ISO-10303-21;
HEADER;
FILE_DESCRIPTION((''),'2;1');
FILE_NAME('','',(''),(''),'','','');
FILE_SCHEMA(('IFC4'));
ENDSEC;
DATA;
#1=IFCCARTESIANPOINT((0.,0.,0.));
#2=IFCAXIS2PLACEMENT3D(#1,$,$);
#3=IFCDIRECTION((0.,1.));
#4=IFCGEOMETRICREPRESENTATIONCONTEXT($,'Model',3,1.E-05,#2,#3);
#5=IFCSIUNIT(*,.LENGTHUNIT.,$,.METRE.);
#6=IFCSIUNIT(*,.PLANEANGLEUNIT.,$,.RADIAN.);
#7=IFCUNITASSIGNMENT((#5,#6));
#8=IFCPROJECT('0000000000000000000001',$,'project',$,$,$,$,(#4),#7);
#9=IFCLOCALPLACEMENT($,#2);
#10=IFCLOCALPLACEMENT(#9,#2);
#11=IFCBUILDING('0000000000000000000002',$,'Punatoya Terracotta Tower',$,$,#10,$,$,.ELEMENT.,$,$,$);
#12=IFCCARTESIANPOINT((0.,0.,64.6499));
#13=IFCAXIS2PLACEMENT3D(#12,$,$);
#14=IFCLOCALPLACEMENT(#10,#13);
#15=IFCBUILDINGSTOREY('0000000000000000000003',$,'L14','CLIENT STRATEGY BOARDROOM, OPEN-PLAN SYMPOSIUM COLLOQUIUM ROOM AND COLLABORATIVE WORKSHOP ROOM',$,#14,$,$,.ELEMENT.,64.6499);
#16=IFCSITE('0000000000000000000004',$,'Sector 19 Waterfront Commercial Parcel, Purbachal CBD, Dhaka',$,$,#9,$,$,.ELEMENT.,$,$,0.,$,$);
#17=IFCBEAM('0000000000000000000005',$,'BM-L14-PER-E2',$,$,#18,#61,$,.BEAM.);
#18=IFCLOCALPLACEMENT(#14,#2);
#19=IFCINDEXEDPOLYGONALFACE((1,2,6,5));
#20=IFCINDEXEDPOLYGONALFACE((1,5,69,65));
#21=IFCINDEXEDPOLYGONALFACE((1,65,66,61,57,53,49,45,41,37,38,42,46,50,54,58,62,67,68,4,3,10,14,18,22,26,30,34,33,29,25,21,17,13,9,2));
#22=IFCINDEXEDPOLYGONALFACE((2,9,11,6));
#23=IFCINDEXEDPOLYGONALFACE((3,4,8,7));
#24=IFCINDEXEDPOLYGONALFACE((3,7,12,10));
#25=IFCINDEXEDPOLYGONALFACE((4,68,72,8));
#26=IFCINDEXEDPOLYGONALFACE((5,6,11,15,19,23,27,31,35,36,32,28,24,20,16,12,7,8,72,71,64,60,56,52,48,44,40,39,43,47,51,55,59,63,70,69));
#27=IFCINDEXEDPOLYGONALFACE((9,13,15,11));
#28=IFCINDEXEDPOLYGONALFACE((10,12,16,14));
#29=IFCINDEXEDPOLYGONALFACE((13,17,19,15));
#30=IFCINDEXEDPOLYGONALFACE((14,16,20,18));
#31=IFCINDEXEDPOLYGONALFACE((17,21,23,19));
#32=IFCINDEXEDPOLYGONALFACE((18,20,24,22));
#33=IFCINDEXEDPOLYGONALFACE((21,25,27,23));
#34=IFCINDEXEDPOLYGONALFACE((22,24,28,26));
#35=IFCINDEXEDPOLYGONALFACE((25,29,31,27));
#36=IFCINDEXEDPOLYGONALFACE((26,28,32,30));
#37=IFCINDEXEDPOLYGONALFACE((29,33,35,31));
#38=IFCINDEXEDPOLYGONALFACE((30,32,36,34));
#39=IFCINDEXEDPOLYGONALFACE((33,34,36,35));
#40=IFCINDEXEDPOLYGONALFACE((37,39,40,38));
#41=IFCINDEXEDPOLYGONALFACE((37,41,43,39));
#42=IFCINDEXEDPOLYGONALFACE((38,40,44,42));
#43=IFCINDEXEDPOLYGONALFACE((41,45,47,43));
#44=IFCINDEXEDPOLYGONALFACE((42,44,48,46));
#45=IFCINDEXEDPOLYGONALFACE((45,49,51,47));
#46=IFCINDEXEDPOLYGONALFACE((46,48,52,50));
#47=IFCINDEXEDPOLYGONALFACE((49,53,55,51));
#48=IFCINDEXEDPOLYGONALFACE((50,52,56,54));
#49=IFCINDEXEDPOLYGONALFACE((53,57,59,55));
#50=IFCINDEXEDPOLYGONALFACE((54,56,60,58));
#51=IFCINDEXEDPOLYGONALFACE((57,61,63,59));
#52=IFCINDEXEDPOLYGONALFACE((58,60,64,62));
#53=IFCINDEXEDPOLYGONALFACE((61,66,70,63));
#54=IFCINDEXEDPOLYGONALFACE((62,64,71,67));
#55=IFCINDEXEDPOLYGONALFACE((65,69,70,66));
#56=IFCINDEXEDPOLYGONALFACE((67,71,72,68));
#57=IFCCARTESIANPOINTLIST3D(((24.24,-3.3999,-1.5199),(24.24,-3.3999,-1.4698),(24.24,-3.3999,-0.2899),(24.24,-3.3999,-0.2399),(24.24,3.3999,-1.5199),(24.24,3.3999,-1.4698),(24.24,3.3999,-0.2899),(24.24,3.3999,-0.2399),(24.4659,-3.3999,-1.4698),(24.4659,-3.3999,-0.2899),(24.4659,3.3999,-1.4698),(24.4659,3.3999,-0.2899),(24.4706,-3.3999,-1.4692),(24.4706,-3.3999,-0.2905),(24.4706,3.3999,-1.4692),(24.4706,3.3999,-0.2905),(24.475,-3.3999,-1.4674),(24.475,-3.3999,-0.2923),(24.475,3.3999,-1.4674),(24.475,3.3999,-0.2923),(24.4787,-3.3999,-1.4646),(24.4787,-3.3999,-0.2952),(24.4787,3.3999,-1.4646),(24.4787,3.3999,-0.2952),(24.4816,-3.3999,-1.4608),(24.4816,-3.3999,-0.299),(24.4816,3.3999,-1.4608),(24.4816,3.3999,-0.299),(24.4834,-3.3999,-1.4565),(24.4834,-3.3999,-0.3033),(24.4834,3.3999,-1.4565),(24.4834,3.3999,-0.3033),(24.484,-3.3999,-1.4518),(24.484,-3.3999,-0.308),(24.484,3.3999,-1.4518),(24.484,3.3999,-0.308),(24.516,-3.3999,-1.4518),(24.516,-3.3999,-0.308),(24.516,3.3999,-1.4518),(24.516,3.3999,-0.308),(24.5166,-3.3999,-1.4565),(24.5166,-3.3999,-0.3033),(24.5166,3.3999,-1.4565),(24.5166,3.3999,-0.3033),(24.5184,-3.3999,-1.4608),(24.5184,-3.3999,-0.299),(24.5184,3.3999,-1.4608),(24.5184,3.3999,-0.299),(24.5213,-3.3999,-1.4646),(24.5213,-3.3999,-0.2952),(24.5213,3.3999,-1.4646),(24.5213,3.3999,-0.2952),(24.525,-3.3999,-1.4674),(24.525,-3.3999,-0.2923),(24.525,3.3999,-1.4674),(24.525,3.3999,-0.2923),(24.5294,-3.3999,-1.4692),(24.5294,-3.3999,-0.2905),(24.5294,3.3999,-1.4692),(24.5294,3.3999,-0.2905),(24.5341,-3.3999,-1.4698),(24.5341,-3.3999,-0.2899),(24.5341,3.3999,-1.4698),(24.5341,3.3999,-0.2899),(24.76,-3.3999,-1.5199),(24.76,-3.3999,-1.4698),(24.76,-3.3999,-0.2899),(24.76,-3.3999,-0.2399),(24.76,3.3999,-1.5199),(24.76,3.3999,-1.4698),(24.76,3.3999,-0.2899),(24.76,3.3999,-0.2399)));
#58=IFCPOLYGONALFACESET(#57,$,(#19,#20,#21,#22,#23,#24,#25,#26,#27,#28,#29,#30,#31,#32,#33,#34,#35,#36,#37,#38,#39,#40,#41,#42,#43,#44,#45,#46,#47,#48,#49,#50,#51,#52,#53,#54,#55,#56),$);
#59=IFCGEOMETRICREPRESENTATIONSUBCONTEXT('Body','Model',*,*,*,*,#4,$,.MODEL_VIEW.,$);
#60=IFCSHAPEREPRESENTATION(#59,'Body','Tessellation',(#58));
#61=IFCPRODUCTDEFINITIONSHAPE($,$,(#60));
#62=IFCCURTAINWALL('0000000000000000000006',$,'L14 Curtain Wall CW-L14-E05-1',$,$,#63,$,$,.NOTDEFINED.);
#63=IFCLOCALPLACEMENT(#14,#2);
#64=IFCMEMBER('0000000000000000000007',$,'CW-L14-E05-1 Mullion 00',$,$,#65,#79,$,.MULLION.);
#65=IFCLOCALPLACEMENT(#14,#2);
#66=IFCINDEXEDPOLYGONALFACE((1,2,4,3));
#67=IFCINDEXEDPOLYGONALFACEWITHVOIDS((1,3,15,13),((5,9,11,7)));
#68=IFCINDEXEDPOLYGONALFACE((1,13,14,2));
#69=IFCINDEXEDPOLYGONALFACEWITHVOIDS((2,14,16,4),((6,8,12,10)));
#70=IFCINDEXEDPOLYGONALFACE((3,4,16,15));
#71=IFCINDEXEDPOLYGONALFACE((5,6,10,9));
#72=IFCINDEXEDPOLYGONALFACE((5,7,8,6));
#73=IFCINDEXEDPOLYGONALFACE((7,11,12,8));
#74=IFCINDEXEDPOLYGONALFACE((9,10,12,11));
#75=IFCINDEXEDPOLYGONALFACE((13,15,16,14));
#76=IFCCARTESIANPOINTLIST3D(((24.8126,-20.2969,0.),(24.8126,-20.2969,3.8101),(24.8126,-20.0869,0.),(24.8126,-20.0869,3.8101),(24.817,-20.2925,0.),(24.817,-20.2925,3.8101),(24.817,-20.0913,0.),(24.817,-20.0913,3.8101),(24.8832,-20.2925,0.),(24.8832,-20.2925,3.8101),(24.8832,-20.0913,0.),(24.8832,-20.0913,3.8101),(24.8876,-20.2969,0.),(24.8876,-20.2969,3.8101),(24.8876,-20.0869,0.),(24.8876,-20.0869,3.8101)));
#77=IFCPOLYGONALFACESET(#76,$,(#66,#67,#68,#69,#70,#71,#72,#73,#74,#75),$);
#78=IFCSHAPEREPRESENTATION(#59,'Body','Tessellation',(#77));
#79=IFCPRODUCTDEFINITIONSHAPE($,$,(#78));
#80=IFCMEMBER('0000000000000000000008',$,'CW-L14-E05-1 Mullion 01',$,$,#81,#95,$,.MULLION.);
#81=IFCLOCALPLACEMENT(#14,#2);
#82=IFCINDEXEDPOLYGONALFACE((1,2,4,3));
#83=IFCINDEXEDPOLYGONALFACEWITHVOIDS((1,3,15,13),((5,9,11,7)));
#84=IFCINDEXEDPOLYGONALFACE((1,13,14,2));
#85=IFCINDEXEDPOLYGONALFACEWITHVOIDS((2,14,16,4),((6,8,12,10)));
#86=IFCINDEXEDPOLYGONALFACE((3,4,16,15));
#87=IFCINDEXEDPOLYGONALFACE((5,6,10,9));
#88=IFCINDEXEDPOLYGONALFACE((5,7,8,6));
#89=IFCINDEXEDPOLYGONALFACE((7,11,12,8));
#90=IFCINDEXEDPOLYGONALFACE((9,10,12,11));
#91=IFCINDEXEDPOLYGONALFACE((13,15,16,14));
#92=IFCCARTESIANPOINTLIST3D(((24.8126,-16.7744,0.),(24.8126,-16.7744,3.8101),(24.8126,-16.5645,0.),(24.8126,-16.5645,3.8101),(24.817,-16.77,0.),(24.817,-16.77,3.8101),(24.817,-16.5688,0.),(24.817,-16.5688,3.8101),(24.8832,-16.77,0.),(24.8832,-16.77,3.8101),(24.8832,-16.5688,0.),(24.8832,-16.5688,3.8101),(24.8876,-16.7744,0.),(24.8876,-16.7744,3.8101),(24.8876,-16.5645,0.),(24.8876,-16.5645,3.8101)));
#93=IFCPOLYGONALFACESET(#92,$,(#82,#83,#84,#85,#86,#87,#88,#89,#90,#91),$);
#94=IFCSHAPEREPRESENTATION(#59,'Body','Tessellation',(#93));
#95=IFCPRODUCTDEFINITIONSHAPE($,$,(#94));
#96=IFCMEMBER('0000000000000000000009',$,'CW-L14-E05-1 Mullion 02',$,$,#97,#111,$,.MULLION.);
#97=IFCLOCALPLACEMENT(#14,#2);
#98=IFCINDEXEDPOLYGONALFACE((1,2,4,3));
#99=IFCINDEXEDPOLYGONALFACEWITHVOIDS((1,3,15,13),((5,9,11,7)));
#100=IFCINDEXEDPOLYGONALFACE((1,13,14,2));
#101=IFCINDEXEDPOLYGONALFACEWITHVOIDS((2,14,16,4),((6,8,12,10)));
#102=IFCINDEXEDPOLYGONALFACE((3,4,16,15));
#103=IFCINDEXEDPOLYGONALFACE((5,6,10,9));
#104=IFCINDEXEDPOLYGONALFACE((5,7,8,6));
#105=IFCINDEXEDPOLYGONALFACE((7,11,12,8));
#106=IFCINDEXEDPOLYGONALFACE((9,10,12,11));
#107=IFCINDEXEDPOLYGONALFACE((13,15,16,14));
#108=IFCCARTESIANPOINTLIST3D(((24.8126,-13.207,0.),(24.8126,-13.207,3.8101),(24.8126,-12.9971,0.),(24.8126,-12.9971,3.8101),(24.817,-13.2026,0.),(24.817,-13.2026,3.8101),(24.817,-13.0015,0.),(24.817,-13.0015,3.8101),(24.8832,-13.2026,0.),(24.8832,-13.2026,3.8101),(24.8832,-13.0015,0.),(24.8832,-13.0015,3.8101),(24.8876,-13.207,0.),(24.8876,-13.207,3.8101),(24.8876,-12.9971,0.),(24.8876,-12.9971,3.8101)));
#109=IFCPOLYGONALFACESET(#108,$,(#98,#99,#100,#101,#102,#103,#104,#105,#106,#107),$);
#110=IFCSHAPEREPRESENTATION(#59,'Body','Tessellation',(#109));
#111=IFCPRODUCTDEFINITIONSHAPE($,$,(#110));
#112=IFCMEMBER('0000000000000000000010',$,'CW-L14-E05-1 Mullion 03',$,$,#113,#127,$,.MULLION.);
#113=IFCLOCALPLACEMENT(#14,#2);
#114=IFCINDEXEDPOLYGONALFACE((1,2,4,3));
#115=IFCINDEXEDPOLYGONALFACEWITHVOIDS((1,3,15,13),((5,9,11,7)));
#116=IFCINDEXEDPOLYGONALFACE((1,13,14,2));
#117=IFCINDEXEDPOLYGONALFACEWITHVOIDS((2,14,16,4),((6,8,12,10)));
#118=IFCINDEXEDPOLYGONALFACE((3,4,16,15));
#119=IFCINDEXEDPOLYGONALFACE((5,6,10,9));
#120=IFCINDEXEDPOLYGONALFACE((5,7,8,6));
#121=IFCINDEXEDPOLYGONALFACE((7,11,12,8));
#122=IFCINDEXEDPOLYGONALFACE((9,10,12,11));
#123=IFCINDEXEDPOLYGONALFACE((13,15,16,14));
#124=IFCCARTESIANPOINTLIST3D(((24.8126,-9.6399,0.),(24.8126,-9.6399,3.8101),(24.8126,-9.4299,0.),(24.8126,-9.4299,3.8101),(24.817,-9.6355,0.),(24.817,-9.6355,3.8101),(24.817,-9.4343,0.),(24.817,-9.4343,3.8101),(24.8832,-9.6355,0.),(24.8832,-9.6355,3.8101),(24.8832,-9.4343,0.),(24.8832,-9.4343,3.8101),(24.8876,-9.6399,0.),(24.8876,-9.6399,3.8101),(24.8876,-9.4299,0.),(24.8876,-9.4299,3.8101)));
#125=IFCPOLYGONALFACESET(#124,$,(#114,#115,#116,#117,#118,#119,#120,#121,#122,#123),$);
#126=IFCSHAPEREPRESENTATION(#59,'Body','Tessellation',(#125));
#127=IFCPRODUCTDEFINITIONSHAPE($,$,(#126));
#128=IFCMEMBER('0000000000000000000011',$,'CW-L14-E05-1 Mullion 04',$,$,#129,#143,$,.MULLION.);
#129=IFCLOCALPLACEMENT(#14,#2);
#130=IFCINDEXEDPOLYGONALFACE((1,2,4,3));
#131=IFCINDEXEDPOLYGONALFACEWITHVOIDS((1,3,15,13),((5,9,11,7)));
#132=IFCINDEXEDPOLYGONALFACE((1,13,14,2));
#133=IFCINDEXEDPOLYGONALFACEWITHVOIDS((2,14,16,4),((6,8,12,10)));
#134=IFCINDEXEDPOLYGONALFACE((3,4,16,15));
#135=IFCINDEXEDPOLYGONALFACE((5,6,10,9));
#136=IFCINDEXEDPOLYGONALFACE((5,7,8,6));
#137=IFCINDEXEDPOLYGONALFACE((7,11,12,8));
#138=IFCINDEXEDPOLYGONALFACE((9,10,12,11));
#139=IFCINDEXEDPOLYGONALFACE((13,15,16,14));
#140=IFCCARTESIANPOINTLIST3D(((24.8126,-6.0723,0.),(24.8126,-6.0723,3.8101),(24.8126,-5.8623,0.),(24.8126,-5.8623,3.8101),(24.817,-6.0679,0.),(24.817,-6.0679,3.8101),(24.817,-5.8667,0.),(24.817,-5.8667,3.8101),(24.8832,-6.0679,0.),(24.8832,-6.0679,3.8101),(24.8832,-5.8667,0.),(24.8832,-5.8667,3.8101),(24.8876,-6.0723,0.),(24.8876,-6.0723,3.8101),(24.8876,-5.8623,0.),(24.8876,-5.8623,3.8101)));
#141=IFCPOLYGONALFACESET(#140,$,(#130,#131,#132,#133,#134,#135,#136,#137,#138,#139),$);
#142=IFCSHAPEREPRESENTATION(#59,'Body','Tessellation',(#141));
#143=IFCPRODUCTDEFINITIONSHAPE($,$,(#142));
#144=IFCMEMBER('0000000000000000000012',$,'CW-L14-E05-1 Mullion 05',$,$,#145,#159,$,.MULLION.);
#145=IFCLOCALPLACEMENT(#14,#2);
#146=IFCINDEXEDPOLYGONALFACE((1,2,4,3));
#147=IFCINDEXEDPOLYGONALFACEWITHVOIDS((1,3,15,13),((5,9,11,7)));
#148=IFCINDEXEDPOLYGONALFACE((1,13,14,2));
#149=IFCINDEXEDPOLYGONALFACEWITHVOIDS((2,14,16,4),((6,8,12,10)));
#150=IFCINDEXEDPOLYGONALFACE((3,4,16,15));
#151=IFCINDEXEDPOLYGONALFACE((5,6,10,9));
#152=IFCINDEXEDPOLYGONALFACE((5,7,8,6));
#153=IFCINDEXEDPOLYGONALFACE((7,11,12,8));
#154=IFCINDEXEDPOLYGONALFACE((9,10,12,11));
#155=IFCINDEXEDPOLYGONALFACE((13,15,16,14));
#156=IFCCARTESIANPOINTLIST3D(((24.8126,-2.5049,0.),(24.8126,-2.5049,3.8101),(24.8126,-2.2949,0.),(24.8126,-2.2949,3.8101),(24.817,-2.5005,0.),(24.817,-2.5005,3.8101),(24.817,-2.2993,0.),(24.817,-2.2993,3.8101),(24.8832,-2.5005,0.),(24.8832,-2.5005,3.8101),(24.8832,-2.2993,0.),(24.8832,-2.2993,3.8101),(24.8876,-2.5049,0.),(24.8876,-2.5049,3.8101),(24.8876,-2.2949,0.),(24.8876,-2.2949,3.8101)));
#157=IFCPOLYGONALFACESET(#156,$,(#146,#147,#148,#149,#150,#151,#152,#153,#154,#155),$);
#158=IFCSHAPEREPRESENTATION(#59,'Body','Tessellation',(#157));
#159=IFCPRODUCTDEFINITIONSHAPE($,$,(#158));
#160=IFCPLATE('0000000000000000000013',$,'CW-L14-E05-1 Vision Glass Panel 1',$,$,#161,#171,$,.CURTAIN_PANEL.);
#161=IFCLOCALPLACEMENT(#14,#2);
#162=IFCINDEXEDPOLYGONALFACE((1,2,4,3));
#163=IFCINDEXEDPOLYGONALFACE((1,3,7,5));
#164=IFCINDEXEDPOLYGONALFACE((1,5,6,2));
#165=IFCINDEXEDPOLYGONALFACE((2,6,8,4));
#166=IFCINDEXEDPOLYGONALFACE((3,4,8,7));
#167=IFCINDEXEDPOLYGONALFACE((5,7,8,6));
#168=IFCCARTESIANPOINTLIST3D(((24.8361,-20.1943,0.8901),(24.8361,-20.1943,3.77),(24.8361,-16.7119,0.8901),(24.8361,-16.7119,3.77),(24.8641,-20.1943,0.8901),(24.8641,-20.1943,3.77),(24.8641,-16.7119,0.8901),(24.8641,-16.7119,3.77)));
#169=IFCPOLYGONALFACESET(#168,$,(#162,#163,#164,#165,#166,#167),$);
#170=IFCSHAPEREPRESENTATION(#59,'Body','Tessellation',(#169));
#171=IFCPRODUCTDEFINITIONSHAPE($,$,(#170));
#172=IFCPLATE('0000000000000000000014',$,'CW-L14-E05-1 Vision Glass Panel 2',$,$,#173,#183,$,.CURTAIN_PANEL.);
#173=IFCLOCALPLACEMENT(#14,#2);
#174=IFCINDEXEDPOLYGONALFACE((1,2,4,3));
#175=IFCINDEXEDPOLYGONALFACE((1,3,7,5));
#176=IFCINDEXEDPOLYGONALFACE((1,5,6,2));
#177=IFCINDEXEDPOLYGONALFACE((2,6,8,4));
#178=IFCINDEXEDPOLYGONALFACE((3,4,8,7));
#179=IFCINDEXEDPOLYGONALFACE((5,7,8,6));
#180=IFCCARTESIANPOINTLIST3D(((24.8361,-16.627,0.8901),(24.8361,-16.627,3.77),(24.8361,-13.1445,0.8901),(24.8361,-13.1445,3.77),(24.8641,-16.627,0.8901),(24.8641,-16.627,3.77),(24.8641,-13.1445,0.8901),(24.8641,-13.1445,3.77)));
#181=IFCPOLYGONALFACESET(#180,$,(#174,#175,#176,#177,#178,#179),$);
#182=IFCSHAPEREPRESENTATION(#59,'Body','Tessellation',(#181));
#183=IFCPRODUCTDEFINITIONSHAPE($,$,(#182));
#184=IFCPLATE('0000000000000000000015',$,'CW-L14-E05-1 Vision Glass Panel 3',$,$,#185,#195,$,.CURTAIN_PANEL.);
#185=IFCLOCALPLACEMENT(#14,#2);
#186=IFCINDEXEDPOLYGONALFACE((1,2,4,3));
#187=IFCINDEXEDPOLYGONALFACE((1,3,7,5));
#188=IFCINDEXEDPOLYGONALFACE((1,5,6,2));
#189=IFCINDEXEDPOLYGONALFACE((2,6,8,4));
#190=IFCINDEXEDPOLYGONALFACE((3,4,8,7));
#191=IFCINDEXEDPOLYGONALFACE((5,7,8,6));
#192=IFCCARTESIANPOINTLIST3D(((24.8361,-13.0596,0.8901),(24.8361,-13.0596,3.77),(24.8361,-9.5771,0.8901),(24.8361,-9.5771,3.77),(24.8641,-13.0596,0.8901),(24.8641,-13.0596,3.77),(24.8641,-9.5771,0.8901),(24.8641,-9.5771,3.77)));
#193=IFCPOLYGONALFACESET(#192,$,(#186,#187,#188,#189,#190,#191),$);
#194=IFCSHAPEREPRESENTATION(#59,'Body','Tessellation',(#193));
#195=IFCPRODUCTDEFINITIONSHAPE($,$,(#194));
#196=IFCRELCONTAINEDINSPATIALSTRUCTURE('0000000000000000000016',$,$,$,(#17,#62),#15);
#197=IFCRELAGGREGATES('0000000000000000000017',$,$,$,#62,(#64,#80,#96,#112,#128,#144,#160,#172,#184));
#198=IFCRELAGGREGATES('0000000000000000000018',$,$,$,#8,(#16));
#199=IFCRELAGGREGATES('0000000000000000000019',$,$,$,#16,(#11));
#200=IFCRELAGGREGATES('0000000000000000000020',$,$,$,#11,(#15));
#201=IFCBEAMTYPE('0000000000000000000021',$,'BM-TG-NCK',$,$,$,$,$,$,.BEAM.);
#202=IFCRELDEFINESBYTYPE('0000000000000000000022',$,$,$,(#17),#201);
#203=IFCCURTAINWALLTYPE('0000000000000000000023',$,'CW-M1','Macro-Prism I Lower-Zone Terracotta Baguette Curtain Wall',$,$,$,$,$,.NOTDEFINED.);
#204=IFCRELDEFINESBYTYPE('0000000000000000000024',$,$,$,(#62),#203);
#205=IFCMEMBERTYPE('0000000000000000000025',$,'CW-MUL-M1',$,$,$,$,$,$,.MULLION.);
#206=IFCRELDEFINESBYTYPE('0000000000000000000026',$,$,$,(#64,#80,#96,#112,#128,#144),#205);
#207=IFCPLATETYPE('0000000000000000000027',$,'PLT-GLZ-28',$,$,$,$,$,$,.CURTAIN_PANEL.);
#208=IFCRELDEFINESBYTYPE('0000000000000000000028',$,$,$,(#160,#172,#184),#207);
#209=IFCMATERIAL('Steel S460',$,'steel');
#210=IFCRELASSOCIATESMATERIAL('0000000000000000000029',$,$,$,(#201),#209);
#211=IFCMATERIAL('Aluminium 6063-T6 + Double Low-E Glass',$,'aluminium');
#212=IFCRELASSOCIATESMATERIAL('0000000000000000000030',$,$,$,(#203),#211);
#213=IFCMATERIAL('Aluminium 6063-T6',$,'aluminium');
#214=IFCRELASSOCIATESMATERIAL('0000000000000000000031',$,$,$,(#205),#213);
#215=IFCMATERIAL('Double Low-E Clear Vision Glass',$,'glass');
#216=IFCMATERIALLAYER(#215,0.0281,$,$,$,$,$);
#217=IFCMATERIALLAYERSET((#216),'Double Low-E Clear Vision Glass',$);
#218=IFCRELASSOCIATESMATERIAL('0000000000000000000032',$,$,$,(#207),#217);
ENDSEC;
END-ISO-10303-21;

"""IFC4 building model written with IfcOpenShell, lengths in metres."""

from ifc_helpers import new_model, si_unit, direction, frame, origin, origin_2d, place, context, subcontext, project, spatial, rectangle, hollow_rectangle, i_section, extrude, material, layer, layer_set, material_profile, profile_set, type_object, element, aggregate, save


model = new_model("IFC4")

# Units and contexts
model_context = context("Model", 3, precision=1e-05, world=origin(), true_north=direction((0.0, 1.0)))
body_context = subcontext(model_context, "Body", "Model", "MODEL_VIEW")
ifc_project = project(units=[si_unit("LENGTHUNIT", "METRE"), si_unit("PLANEANGLEUNIT", "RADIAN")], contexts=[model_context])

# Site, building, storey
site_placement = place(None, origin())
site = spatial("IfcSite", under=ifc_project, at=site_placement, Name="Sector 19 Waterfront Commercial Parcel, Purbachal CBD, Dhaka", CompositionType="ELEMENT", RefElevation=0.0)
building_placement = place(site_placement, origin())
building = spatial("IfcBuilding", under=site, at=building_placement, Name="Punatoya Terracotta Tower", CompositionType="ELEMENT")
storey_placement = place(building_placement, frame((0.0, 0.0, 64.6499)))
storey = spatial("IfcBuildingStorey", under=building, at=storey_placement, Name="L14", Description="CLIENT STRATEGY BOARDROOM, OPEN-PLAN SYMPOSIUM COLLOQUIUM ROOM AND COLLABORATIVE WORKSHOP ROOM", CompositionType="ELEMENT", Elevation=64.6499)

# Shared definitions
ifc_material_1 = material(Name="Steel S460", Category="steel")

# Beam
ifc_material_profile_1 = material_profile(ifc_material_1, i_section(OverallWidth=0.52, OverallDepth=1.28, WebThickness=0.032, FlangeThickness=0.05, FilletRadius=0.0181, at=origin_2d()))
ifc_profile_set_1 = profile_set([ifc_material_profile_1], Name="Steel S460")
beam_type_1 = type_object("IfcBeamType", Name="BM-TG-NCK", PredefinedType="BEAM", material=ifc_profile_set_1)
beam_1_placement = place(storey_placement, frame((24.5, -3.3999, -0.8799), z_axis=(0.0, 1.0, 0.0), x_axis=(-1.0, 0.0, 0.0)))
element("IfcBeam", 1, at=beam_1_placement, inside=storey, type_object=beam_type_1, Name="BM-L14-PER-E2", PredefinedType="BEAM", context=body_context, shape_type="SweptSolid", body=[
    extrude(i_section(OverallWidth=0.52, OverallDepth=1.28, WebThickness=0.032, FlangeThickness=0.05, FilletRadius=0.0181, at=origin_2d()), origin(), (0.0, 0.0, 1.0), 6.7998),
])

# Curtain wall, members, plates
ifc_material_2 = material(Name="Aluminium 6063-T6 + Double Low-E Glass", Category="aluminium")
curtain_wall_type = type_object("IfcCurtainWallType", Name="CW-M1", Description="Macro-Prism I Lower-Zone Terracotta Baguette Curtain Wall", PredefinedType="NOTDEFINED", material=ifc_material_2)
curtain_wall_placement = place(storey_placement, origin())
curtain_wall = element("IfcCurtainWall", 2, at=curtain_wall_placement, inside=storey, type_object=curtain_wall_type, Name="L14 Curtain Wall CW-L14-E05-1", PredefinedType="NOTDEFINED")
ifc_material_3 = material(Name="Aluminium 6063-T6", Category="aluminium")
ifc_material_profile_2 = material_profile(ifc_material_3, hollow_rectangle(XDim=0.075, YDim=0.21, WallThickness=0.0044, at=origin_2d()))
ifc_profile_set_2 = profile_set([ifc_material_profile_2], Name="Aluminium 6063-T6")
member_type = type_object("IfcMemberType", Name="CW-MUL-M1", PredefinedType="MULLION", material=ifc_profile_set_2)
member_1_placement = place(storey_placement, frame((24.8501, -20.1919, 0.0), z_axis=(0.0, 0.0, 1.0), x_axis=(1.0, 0.0, 0.0)))
member_1 = element("IfcMember", 3, at=member_1_placement, type_object=member_type, Name="CW-L14-E05-1 Mullion 00", PredefinedType="MULLION", context=body_context, shape_type="SweptSolid", body=[
    extrude(hollow_rectangle(XDim=0.075, YDim=0.21, WallThickness=0.0044, at=origin_2d()), origin(), (0.0, 0.0, 1.0), 3.8101),
])
member_2_placement = place(storey_placement, frame((24.8501, -16.6694, 0.0), z_axis=(0.0, 0.0, 1.0), x_axis=(1.0, 0.0, 0.0)))
member_2 = element("IfcMember", 4, at=member_2_placement, type_object=member_type, Name="CW-L14-E05-1 Mullion 01", PredefinedType="MULLION", context=body_context, shape_type="SweptSolid", body=[
    extrude(hollow_rectangle(XDim=0.075, YDim=0.21, WallThickness=0.0044, at=origin_2d()), origin(), (0.0, 0.0, 1.0), 3.8101),
])
member_3_placement = place(storey_placement, frame((24.8501, -13.1021, 0.0), z_axis=(0.0, 0.0, 1.0), x_axis=(1.0, 0.0, 0.0)))
member_3 = element("IfcMember", 5, at=member_3_placement, type_object=member_type, Name="CW-L14-E05-1 Mullion 02", PredefinedType="MULLION", context=body_context, shape_type="SweptSolid", body=[
    extrude(hollow_rectangle(XDim=0.075, YDim=0.21, WallThickness=0.0044, at=origin_2d()), origin(), (0.0, 0.0, 1.0), 3.8101),
])
member_4_placement = place(storey_placement, frame((24.8501, -9.5349, 0.0), z_axis=(0.0, 0.0, 1.0), x_axis=(1.0, 0.0, 0.0)))
member_4 = element("IfcMember", 6, at=member_4_placement, type_object=member_type, Name="CW-L14-E05-1 Mullion 03", PredefinedType="MULLION", context=body_context, shape_type="SweptSolid", body=[
    extrude(hollow_rectangle(XDim=0.075, YDim=0.21, WallThickness=0.0044, at=origin_2d()), origin(), (0.0, 0.0, 1.0), 3.8101),
])
member_5_placement = place(storey_placement, frame((24.8501, -5.9673, 0.0), z_axis=(0.0, 0.0, 1.0), x_axis=(1.0, 0.0, 0.0)))
member_5 = element("IfcMember", 7, at=member_5_placement, type_object=member_type, Name="CW-L14-E05-1 Mullion 04", PredefinedType="MULLION", context=body_context, shape_type="SweptSolid", body=[
    extrude(hollow_rectangle(XDim=0.075, YDim=0.21, WallThickness=0.0044, at=origin_2d()), origin(), (0.0, 0.0, 1.0), 3.8101),
])
member_6_placement = place(storey_placement, frame((24.8501, -2.3999, 0.0), z_axis=(0.0, 0.0, 1.0), x_axis=(1.0, 0.0, 0.0)))
member_6 = element("IfcMember", 8, at=member_6_placement, type_object=member_type, Name="CW-L14-E05-1 Mullion 05", PredefinedType="MULLION", context=body_context, shape_type="SweptSolid", body=[
    extrude(hollow_rectangle(XDim=0.075, YDim=0.21, WallThickness=0.0044, at=origin_2d()), origin(), (0.0, 0.0, 1.0), 3.8101),
])
ifc_material_4 = material(Name="Double Low-E Clear Vision Glass", Category="glass")
ifc_layer_1 = layer(ifc_material_4, 0.0281)
ifc_layer_set_1 = layer_set([ifc_layer_1], Name="Double Low-E Clear Vision Glass")
plate_type_1 = type_object("IfcPlateType", Name="PLT-GLZ-28", PredefinedType="CURTAIN_PANEL", material=ifc_layer_set_1)
plate_1_placement = place(storey_placement, frame((24.8501, -18.4531, 0.8901), z_axis=(0.0, 0.0, 1.0), x_axis=(0.0, 1.0, 0.0)))
plate_1 = element("IfcPlate", 9, at=plate_1_placement, type_object=plate_type_1, Name="CW-L14-E05-1 Vision Glass Panel 1", PredefinedType="CURTAIN_PANEL", context=body_context, shape_type="SweptSolid", body=[
    extrude(rectangle(XDim=3.4824, YDim=0.0281, at=origin_2d()), origin(), (0.0, 0.0, 1.0), 2.8799),
])
plate_2_placement = place(storey_placement, frame((24.8501, -14.8857, 0.8901), z_axis=(0.0, 0.0, 1.0), x_axis=(0.0, 1.0, 0.0)))
plate_2 = element("IfcPlate", 10, at=plate_2_placement, type_object=plate_type_1, Name="CW-L14-E05-1 Vision Glass Panel 2", PredefinedType="CURTAIN_PANEL", context=body_context, shape_type="SweptSolid", body=[
    extrude(rectangle(XDim=3.4824, YDim=0.0281, at=origin_2d()), origin(), (0.0, 0.0, 1.0), 2.8799),
])
plate_3_placement = place(storey_placement, frame((24.8501, -11.3184, 0.8901), z_axis=(0.0, 0.0, 1.0), x_axis=(0.0, 1.0, 0.0)))
plate_3 = element("IfcPlate", 11, at=plate_3_placement, type_object=plate_type_1, Name="CW-L14-E05-1 Vision Glass Panel 3", PredefinedType="CURTAIN_PANEL", context=body_context, shape_type="SweptSolid", body=[
    extrude(rectangle(XDim=3.4824, YDim=0.0281, at=origin_2d()), origin(), (0.0, 0.0, 1.0), 2.8799),
])
aggregate(curtain_wall, [member_1, member_2, member_3, member_4, member_5, member_6, plate_1, plate_2, plate_3])

save(model, "model.ifc")
